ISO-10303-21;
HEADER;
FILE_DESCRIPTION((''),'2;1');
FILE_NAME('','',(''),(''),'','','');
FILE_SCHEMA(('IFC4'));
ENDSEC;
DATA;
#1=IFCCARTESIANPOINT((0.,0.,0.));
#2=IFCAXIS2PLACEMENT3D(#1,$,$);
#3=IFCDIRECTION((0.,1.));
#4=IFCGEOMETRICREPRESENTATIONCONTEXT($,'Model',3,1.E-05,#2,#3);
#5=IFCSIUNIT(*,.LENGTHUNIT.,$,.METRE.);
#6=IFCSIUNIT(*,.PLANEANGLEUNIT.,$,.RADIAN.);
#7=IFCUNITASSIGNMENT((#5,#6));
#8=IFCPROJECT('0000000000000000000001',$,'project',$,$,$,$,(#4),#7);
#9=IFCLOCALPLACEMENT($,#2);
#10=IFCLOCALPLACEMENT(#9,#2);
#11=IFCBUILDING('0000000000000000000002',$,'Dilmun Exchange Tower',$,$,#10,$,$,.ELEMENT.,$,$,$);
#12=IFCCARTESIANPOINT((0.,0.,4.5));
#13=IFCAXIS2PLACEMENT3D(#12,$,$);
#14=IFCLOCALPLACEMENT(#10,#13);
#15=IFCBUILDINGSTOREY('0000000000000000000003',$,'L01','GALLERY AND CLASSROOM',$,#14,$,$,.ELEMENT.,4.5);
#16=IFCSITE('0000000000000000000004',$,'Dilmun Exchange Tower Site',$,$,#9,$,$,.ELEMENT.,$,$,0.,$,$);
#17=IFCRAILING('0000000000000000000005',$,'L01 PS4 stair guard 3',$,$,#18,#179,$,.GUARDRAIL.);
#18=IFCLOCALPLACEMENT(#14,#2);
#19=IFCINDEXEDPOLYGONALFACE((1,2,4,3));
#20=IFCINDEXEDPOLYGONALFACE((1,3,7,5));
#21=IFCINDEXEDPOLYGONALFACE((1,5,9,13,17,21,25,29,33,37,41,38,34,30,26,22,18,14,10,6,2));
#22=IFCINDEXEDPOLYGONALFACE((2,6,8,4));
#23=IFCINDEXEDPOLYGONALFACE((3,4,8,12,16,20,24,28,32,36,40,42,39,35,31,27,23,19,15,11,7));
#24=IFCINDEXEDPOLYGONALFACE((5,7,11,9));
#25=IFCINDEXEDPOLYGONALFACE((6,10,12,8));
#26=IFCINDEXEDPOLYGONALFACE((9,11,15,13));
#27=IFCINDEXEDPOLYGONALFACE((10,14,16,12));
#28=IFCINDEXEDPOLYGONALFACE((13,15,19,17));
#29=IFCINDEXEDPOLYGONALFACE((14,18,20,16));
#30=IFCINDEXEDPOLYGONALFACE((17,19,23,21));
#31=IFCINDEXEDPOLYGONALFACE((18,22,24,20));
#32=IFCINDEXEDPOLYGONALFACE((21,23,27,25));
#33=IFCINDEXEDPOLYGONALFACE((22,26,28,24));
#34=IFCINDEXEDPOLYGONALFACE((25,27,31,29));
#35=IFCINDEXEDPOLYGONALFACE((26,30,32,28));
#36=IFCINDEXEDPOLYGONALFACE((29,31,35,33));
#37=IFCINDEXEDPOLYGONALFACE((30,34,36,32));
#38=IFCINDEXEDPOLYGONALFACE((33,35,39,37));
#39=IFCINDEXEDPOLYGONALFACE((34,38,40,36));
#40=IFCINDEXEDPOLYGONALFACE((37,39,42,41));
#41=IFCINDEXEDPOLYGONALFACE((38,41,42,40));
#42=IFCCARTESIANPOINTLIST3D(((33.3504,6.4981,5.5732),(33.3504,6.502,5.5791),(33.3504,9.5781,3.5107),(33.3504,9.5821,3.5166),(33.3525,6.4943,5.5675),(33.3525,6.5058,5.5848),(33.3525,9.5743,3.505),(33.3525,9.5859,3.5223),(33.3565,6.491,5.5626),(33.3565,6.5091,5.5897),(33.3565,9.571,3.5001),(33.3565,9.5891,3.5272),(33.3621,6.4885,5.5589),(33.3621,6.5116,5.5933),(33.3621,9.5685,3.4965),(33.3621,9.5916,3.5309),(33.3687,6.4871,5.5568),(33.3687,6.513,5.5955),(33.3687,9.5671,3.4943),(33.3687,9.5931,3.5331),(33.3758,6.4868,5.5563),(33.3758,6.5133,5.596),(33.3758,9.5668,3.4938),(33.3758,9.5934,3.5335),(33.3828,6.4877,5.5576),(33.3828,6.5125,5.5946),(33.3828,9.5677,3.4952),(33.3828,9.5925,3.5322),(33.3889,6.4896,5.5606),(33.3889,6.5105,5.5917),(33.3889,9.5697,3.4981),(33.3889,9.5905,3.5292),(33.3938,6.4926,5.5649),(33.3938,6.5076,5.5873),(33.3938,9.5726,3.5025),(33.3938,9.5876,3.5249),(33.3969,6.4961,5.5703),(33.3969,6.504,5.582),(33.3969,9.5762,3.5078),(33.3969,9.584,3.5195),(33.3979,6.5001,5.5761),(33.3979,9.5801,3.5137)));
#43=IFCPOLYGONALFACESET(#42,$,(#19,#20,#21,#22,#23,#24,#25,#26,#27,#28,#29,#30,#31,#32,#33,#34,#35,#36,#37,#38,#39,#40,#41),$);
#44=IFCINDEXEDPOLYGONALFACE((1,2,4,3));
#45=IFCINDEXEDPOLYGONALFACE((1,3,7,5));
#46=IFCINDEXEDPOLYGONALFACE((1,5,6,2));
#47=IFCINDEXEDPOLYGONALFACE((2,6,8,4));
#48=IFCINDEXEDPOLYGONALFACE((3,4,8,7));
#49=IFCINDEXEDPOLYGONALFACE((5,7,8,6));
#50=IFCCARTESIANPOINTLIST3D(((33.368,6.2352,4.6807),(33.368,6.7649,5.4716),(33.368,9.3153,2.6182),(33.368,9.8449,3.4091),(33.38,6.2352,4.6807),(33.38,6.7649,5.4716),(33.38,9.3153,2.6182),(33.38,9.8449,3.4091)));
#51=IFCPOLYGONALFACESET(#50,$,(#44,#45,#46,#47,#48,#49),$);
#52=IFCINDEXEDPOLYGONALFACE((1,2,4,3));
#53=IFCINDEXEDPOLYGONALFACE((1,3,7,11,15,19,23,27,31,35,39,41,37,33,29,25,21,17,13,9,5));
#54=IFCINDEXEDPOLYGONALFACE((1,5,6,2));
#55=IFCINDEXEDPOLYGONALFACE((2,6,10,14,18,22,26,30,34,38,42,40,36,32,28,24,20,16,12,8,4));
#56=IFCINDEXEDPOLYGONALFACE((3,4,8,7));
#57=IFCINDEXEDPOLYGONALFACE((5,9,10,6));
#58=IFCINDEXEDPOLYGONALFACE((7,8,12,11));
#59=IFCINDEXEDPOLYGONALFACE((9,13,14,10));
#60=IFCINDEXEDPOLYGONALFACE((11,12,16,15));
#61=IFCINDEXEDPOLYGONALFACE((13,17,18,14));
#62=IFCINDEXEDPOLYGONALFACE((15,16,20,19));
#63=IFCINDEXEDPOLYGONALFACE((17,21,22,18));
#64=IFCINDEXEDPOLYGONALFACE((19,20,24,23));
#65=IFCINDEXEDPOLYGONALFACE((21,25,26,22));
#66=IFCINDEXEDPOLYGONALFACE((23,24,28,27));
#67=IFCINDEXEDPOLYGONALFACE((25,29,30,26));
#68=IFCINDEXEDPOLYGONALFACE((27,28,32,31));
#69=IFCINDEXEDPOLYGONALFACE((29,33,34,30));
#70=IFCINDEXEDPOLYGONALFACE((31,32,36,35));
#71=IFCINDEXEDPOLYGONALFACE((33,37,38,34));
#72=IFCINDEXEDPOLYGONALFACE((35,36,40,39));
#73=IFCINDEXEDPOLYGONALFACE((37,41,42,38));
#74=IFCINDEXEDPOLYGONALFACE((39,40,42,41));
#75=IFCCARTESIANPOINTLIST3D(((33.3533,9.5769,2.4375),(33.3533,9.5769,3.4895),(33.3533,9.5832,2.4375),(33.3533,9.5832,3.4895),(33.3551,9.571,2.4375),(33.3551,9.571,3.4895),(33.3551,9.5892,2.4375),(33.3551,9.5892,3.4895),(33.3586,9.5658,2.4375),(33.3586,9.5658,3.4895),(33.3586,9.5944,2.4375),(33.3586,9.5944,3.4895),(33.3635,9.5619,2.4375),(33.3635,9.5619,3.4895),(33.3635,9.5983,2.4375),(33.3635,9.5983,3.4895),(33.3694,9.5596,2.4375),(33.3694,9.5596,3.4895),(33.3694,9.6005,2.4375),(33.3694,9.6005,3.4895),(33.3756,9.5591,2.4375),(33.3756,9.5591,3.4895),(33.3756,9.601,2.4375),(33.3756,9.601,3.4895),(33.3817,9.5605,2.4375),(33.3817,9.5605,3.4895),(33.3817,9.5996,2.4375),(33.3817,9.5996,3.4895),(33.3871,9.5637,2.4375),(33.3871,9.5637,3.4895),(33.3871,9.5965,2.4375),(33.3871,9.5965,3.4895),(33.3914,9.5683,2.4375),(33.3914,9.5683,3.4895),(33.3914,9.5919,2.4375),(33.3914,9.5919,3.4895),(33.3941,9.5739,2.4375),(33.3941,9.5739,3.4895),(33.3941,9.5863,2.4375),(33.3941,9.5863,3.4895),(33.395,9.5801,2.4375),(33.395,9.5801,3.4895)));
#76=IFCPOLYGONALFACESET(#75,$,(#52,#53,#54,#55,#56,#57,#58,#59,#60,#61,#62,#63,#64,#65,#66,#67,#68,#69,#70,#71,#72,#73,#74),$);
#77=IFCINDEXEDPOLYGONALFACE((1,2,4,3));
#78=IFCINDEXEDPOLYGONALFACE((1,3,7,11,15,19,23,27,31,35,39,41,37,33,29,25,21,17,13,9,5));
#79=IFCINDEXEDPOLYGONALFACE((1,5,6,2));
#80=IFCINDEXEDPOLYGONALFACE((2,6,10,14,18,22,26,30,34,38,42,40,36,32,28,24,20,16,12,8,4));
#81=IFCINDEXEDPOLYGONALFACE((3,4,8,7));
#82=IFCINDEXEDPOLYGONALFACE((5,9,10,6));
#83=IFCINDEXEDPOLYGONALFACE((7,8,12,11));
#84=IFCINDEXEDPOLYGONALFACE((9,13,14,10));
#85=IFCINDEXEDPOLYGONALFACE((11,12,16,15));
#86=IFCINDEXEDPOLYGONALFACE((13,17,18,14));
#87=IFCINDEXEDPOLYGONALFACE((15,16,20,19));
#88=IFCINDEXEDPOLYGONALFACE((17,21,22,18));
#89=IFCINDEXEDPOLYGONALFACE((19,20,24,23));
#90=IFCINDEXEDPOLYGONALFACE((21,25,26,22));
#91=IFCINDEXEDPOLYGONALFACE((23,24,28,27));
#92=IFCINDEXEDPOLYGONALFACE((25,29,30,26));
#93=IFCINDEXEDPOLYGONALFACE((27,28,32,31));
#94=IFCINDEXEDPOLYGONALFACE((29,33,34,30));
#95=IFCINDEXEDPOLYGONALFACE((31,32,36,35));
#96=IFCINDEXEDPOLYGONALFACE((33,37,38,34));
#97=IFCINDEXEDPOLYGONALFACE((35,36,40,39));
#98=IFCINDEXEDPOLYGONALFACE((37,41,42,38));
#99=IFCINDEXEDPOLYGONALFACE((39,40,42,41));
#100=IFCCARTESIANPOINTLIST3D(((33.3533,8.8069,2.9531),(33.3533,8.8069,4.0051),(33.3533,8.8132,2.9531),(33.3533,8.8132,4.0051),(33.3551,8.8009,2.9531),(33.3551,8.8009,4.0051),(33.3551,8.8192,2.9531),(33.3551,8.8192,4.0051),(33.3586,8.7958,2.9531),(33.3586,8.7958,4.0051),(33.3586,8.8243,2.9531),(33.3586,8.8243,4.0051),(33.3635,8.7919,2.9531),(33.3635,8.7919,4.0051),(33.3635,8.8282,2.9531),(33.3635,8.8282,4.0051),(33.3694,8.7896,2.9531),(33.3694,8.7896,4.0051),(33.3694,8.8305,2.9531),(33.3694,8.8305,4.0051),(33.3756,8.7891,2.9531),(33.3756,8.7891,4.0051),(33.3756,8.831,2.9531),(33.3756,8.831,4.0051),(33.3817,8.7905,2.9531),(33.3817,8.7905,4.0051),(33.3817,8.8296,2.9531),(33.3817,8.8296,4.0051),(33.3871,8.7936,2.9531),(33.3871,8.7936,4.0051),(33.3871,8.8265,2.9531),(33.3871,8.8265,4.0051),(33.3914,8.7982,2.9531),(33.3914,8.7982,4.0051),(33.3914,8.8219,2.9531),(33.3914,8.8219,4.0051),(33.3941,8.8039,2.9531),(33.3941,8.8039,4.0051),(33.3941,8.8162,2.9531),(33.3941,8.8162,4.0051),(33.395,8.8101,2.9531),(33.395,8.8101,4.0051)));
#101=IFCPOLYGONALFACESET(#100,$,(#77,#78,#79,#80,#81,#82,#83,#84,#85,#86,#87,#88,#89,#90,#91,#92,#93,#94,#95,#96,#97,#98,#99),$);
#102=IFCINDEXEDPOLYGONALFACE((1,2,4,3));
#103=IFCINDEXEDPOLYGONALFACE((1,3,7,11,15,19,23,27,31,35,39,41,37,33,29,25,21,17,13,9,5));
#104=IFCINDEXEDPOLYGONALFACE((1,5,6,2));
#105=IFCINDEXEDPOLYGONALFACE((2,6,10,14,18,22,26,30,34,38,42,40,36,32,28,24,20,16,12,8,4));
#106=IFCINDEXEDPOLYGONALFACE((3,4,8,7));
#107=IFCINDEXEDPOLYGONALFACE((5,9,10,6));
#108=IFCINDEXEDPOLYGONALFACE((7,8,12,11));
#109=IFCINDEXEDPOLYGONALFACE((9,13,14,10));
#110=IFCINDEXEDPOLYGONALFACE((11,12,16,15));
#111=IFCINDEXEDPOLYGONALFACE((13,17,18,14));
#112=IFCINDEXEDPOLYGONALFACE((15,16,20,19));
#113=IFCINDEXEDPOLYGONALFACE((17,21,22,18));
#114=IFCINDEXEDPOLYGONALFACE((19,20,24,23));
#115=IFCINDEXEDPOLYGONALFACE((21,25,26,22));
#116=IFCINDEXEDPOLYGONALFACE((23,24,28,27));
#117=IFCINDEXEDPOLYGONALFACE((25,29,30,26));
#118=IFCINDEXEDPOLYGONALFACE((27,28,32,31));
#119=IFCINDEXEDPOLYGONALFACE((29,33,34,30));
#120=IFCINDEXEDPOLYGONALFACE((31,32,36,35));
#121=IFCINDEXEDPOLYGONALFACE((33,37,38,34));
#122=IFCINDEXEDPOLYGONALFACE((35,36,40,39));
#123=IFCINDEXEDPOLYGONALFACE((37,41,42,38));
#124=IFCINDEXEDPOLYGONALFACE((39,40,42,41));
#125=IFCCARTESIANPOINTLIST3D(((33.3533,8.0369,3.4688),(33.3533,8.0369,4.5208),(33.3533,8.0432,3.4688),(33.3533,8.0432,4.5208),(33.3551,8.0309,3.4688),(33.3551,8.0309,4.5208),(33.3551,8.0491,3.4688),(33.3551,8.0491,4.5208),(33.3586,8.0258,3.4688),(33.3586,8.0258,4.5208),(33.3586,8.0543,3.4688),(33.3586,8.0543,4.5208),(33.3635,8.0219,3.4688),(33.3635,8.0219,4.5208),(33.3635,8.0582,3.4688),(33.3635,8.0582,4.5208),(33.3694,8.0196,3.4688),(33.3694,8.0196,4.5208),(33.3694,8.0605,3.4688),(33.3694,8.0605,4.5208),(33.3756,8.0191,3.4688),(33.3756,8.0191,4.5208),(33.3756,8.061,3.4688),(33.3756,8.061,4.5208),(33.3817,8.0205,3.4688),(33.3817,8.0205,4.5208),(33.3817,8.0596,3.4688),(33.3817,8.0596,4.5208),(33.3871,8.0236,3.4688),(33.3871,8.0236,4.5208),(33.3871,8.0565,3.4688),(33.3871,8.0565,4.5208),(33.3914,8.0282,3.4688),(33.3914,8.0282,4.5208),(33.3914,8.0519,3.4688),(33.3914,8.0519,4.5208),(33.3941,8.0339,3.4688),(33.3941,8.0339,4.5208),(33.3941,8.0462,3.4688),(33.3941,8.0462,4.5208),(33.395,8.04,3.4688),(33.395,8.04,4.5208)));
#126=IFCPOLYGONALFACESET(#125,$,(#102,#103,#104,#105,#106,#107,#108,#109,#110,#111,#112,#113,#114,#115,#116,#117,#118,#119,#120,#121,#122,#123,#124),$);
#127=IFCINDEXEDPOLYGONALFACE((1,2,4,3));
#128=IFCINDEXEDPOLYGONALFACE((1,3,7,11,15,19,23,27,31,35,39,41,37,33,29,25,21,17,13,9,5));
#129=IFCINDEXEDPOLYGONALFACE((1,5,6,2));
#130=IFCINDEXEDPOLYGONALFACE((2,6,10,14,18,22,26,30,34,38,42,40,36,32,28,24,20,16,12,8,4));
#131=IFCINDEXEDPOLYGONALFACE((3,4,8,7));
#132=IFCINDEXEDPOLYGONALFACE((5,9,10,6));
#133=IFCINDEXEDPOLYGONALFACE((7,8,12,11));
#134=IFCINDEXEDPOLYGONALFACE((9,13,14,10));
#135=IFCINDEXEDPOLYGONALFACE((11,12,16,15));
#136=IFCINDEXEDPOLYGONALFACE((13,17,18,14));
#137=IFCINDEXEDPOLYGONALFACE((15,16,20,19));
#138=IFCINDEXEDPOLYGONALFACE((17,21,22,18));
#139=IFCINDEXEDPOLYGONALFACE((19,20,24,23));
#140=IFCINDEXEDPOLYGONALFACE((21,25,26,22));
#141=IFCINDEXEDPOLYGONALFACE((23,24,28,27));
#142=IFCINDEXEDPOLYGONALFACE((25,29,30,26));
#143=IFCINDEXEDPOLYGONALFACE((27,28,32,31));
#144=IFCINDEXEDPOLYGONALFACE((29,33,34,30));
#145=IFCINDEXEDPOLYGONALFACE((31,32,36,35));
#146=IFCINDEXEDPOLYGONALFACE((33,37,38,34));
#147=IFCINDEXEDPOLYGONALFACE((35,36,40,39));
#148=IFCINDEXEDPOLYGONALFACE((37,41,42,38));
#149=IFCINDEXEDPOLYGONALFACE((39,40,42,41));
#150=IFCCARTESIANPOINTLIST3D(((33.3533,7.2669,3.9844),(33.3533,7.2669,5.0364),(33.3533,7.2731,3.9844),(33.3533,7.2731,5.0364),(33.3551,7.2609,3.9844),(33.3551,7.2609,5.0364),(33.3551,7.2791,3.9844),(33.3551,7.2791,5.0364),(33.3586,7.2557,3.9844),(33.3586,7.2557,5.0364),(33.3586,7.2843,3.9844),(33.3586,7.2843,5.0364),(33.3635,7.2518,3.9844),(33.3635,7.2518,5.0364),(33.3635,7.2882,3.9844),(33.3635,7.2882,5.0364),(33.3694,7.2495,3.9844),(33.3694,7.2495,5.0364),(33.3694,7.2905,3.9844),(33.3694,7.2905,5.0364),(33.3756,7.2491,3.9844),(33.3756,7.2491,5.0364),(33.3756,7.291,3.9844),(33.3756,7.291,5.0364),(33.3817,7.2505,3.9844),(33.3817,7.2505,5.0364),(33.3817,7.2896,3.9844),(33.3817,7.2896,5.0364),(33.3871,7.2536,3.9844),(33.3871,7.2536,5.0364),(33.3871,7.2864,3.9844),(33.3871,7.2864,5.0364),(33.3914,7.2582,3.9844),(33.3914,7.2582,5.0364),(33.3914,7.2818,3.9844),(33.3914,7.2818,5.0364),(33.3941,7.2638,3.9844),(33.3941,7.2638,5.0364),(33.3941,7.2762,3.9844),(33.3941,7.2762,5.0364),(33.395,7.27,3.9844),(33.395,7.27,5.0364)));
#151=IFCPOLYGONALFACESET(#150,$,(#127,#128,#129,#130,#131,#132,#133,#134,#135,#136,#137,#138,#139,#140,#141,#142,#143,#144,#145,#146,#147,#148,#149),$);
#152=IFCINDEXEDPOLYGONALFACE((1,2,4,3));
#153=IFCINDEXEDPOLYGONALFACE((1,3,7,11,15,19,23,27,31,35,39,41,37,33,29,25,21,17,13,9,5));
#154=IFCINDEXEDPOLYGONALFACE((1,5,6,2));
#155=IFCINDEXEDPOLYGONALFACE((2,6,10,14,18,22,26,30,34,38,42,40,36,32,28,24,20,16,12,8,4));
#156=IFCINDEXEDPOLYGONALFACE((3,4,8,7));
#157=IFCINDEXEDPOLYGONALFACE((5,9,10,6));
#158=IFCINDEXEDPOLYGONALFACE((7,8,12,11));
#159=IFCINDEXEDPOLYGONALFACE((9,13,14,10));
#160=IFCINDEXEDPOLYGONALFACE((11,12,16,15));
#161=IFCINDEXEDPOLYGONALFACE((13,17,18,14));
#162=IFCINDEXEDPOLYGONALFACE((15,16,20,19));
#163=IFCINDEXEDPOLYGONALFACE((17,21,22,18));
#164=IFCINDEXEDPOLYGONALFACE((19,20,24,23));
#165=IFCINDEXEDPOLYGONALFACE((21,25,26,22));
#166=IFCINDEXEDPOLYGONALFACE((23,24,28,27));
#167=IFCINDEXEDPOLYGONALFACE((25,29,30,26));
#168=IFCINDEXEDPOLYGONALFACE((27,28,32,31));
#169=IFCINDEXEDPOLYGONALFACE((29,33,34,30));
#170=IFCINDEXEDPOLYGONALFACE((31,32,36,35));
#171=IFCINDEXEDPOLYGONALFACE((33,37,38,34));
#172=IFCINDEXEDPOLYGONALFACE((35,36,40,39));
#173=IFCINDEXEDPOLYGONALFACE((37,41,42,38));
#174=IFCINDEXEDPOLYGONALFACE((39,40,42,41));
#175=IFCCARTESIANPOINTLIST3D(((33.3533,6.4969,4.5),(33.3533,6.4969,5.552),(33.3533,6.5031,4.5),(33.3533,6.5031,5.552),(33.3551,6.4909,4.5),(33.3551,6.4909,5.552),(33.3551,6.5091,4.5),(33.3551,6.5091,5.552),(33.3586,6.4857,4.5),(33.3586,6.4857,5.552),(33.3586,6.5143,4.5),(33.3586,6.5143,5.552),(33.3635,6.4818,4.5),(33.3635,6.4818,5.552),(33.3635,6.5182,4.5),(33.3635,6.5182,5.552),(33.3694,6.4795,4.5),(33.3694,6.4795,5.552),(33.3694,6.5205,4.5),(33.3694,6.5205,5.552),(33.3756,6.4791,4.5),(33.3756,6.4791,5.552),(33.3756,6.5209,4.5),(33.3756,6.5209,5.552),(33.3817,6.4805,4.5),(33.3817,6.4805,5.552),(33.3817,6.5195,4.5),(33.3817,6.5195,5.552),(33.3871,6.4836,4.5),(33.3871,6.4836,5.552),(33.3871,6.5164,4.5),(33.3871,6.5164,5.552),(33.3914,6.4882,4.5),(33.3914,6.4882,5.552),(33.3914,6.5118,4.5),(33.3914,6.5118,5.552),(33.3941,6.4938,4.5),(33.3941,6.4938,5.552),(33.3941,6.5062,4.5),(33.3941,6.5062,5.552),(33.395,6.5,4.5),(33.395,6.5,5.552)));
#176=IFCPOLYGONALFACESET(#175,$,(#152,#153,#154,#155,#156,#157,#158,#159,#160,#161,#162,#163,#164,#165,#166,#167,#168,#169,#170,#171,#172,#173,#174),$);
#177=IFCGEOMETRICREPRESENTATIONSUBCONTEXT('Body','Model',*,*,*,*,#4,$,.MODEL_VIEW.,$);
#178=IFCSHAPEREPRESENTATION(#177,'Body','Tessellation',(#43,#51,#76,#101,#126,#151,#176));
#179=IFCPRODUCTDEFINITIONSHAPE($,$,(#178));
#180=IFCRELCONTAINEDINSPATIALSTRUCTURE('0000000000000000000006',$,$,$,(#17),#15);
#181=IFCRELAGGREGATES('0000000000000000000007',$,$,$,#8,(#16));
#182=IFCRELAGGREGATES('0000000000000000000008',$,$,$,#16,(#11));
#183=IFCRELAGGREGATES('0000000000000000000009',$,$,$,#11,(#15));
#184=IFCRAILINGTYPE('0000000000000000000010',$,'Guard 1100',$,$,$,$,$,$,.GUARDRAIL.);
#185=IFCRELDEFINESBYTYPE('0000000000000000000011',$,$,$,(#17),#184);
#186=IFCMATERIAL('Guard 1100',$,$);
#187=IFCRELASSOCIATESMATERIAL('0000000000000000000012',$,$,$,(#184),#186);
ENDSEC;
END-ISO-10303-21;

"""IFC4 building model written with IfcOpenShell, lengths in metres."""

from ifc_helpers import new_model, si_unit, direction, frame, origin, origin_2d, place, context, subcontext, project, spatial, rectangle, circle, extrude, material, type_object, element, save


model = new_model("IFC4")

# Units and contexts
model_context = context("Model", 3, precision=1e-05, world=origin(), true_north=direction((0.0, 1.0)))
body_context = subcontext(model_context, "Body", "Model", "MODEL_VIEW")
ifc_project = project(units=[si_unit("LENGTHUNIT", "METRE"), si_unit("PLANEANGLEUNIT", "RADIAN")], contexts=[model_context])

# Site, building, storey
site_placement = place(None, origin())
site = spatial("IfcSite", under=ifc_project, at=site_placement, Name="Dilmun Exchange Tower Site", CompositionType="ELEMENT", RefElevation=0.0)
building_placement = place(site_placement, origin())
building = spatial("IfcBuilding", under=site, at=building_placement, Name="Dilmun Exchange Tower", CompositionType="ELEMENT")
storey_placement = place(building_placement, frame((0.0, 0.0, 4.5)))
storey = spatial("IfcBuildingStorey", under=building, at=storey_placement, Name="L01", Description="GALLERY AND CLASSROOM", CompositionType="ELEMENT", Elevation=4.5)

# Railing
ifc_material_1 = material(Name="Guard 1100")
railing_type = type_object("IfcRailingType", Name="Guard 1100", PredefinedType="GUARDRAIL", material=ifc_material_1)
railing_1_placement = place(storey_placement, frame((33.374, 9.5801, 2.4375)))
element("IfcRailing", 1, at=railing_1_placement, inside=storey, type_object=railing_type, Name="L01 PS4 stair guard 3", PredefinedType="GUARDRAIL", context=body_context, shape_type="SweptSolid", body=[
    extrude(circle(Radius=0.0239, at=origin_2d()), frame((0.0, 0.0, 1.0762), z_axis=(0.0, -0.830914, 0.556401), x_axis=(1.0, 0.0, 0.0)), (0.0, 0.0, 1.0), 3.7068),
    extrude(rectangle(XDim=0.012, YDim=0.9519, at=origin_2d()), frame((0.0, 0.0, 0.5762), z_axis=(0.0, -0.830914, 0.556401), x_axis=(1.0, 0.0, 0.0)), (0.0, 0.0, 1.0), 3.7068),
    extrude(circle(Radius=0.021, at=origin_2d()), origin(), (0.0, 0.0, 1.0), 1.052),
    extrude(circle(Radius=0.021, at=origin_2d()), frame((0.0, -0.77, 0.5156)), (0.0, 0.0, 1.0), 1.052),
    extrude(circle(Radius=0.021, at=origin_2d()), frame((0.0, -1.54, 1.0312)), (0.0, 0.0, 1.0), 1.052),
    extrude(circle(Radius=0.021, at=origin_2d()), frame((0.0, -2.3101, 1.5469)), (0.0, 0.0, 1.0), 1.052),
    extrude(circle(Radius=0.021, at=origin_2d()), frame((0.0, -3.0801, 2.0625)), (0.0, 0.0, 1.0), 1.052),
])

save(model, "model.ifc")
